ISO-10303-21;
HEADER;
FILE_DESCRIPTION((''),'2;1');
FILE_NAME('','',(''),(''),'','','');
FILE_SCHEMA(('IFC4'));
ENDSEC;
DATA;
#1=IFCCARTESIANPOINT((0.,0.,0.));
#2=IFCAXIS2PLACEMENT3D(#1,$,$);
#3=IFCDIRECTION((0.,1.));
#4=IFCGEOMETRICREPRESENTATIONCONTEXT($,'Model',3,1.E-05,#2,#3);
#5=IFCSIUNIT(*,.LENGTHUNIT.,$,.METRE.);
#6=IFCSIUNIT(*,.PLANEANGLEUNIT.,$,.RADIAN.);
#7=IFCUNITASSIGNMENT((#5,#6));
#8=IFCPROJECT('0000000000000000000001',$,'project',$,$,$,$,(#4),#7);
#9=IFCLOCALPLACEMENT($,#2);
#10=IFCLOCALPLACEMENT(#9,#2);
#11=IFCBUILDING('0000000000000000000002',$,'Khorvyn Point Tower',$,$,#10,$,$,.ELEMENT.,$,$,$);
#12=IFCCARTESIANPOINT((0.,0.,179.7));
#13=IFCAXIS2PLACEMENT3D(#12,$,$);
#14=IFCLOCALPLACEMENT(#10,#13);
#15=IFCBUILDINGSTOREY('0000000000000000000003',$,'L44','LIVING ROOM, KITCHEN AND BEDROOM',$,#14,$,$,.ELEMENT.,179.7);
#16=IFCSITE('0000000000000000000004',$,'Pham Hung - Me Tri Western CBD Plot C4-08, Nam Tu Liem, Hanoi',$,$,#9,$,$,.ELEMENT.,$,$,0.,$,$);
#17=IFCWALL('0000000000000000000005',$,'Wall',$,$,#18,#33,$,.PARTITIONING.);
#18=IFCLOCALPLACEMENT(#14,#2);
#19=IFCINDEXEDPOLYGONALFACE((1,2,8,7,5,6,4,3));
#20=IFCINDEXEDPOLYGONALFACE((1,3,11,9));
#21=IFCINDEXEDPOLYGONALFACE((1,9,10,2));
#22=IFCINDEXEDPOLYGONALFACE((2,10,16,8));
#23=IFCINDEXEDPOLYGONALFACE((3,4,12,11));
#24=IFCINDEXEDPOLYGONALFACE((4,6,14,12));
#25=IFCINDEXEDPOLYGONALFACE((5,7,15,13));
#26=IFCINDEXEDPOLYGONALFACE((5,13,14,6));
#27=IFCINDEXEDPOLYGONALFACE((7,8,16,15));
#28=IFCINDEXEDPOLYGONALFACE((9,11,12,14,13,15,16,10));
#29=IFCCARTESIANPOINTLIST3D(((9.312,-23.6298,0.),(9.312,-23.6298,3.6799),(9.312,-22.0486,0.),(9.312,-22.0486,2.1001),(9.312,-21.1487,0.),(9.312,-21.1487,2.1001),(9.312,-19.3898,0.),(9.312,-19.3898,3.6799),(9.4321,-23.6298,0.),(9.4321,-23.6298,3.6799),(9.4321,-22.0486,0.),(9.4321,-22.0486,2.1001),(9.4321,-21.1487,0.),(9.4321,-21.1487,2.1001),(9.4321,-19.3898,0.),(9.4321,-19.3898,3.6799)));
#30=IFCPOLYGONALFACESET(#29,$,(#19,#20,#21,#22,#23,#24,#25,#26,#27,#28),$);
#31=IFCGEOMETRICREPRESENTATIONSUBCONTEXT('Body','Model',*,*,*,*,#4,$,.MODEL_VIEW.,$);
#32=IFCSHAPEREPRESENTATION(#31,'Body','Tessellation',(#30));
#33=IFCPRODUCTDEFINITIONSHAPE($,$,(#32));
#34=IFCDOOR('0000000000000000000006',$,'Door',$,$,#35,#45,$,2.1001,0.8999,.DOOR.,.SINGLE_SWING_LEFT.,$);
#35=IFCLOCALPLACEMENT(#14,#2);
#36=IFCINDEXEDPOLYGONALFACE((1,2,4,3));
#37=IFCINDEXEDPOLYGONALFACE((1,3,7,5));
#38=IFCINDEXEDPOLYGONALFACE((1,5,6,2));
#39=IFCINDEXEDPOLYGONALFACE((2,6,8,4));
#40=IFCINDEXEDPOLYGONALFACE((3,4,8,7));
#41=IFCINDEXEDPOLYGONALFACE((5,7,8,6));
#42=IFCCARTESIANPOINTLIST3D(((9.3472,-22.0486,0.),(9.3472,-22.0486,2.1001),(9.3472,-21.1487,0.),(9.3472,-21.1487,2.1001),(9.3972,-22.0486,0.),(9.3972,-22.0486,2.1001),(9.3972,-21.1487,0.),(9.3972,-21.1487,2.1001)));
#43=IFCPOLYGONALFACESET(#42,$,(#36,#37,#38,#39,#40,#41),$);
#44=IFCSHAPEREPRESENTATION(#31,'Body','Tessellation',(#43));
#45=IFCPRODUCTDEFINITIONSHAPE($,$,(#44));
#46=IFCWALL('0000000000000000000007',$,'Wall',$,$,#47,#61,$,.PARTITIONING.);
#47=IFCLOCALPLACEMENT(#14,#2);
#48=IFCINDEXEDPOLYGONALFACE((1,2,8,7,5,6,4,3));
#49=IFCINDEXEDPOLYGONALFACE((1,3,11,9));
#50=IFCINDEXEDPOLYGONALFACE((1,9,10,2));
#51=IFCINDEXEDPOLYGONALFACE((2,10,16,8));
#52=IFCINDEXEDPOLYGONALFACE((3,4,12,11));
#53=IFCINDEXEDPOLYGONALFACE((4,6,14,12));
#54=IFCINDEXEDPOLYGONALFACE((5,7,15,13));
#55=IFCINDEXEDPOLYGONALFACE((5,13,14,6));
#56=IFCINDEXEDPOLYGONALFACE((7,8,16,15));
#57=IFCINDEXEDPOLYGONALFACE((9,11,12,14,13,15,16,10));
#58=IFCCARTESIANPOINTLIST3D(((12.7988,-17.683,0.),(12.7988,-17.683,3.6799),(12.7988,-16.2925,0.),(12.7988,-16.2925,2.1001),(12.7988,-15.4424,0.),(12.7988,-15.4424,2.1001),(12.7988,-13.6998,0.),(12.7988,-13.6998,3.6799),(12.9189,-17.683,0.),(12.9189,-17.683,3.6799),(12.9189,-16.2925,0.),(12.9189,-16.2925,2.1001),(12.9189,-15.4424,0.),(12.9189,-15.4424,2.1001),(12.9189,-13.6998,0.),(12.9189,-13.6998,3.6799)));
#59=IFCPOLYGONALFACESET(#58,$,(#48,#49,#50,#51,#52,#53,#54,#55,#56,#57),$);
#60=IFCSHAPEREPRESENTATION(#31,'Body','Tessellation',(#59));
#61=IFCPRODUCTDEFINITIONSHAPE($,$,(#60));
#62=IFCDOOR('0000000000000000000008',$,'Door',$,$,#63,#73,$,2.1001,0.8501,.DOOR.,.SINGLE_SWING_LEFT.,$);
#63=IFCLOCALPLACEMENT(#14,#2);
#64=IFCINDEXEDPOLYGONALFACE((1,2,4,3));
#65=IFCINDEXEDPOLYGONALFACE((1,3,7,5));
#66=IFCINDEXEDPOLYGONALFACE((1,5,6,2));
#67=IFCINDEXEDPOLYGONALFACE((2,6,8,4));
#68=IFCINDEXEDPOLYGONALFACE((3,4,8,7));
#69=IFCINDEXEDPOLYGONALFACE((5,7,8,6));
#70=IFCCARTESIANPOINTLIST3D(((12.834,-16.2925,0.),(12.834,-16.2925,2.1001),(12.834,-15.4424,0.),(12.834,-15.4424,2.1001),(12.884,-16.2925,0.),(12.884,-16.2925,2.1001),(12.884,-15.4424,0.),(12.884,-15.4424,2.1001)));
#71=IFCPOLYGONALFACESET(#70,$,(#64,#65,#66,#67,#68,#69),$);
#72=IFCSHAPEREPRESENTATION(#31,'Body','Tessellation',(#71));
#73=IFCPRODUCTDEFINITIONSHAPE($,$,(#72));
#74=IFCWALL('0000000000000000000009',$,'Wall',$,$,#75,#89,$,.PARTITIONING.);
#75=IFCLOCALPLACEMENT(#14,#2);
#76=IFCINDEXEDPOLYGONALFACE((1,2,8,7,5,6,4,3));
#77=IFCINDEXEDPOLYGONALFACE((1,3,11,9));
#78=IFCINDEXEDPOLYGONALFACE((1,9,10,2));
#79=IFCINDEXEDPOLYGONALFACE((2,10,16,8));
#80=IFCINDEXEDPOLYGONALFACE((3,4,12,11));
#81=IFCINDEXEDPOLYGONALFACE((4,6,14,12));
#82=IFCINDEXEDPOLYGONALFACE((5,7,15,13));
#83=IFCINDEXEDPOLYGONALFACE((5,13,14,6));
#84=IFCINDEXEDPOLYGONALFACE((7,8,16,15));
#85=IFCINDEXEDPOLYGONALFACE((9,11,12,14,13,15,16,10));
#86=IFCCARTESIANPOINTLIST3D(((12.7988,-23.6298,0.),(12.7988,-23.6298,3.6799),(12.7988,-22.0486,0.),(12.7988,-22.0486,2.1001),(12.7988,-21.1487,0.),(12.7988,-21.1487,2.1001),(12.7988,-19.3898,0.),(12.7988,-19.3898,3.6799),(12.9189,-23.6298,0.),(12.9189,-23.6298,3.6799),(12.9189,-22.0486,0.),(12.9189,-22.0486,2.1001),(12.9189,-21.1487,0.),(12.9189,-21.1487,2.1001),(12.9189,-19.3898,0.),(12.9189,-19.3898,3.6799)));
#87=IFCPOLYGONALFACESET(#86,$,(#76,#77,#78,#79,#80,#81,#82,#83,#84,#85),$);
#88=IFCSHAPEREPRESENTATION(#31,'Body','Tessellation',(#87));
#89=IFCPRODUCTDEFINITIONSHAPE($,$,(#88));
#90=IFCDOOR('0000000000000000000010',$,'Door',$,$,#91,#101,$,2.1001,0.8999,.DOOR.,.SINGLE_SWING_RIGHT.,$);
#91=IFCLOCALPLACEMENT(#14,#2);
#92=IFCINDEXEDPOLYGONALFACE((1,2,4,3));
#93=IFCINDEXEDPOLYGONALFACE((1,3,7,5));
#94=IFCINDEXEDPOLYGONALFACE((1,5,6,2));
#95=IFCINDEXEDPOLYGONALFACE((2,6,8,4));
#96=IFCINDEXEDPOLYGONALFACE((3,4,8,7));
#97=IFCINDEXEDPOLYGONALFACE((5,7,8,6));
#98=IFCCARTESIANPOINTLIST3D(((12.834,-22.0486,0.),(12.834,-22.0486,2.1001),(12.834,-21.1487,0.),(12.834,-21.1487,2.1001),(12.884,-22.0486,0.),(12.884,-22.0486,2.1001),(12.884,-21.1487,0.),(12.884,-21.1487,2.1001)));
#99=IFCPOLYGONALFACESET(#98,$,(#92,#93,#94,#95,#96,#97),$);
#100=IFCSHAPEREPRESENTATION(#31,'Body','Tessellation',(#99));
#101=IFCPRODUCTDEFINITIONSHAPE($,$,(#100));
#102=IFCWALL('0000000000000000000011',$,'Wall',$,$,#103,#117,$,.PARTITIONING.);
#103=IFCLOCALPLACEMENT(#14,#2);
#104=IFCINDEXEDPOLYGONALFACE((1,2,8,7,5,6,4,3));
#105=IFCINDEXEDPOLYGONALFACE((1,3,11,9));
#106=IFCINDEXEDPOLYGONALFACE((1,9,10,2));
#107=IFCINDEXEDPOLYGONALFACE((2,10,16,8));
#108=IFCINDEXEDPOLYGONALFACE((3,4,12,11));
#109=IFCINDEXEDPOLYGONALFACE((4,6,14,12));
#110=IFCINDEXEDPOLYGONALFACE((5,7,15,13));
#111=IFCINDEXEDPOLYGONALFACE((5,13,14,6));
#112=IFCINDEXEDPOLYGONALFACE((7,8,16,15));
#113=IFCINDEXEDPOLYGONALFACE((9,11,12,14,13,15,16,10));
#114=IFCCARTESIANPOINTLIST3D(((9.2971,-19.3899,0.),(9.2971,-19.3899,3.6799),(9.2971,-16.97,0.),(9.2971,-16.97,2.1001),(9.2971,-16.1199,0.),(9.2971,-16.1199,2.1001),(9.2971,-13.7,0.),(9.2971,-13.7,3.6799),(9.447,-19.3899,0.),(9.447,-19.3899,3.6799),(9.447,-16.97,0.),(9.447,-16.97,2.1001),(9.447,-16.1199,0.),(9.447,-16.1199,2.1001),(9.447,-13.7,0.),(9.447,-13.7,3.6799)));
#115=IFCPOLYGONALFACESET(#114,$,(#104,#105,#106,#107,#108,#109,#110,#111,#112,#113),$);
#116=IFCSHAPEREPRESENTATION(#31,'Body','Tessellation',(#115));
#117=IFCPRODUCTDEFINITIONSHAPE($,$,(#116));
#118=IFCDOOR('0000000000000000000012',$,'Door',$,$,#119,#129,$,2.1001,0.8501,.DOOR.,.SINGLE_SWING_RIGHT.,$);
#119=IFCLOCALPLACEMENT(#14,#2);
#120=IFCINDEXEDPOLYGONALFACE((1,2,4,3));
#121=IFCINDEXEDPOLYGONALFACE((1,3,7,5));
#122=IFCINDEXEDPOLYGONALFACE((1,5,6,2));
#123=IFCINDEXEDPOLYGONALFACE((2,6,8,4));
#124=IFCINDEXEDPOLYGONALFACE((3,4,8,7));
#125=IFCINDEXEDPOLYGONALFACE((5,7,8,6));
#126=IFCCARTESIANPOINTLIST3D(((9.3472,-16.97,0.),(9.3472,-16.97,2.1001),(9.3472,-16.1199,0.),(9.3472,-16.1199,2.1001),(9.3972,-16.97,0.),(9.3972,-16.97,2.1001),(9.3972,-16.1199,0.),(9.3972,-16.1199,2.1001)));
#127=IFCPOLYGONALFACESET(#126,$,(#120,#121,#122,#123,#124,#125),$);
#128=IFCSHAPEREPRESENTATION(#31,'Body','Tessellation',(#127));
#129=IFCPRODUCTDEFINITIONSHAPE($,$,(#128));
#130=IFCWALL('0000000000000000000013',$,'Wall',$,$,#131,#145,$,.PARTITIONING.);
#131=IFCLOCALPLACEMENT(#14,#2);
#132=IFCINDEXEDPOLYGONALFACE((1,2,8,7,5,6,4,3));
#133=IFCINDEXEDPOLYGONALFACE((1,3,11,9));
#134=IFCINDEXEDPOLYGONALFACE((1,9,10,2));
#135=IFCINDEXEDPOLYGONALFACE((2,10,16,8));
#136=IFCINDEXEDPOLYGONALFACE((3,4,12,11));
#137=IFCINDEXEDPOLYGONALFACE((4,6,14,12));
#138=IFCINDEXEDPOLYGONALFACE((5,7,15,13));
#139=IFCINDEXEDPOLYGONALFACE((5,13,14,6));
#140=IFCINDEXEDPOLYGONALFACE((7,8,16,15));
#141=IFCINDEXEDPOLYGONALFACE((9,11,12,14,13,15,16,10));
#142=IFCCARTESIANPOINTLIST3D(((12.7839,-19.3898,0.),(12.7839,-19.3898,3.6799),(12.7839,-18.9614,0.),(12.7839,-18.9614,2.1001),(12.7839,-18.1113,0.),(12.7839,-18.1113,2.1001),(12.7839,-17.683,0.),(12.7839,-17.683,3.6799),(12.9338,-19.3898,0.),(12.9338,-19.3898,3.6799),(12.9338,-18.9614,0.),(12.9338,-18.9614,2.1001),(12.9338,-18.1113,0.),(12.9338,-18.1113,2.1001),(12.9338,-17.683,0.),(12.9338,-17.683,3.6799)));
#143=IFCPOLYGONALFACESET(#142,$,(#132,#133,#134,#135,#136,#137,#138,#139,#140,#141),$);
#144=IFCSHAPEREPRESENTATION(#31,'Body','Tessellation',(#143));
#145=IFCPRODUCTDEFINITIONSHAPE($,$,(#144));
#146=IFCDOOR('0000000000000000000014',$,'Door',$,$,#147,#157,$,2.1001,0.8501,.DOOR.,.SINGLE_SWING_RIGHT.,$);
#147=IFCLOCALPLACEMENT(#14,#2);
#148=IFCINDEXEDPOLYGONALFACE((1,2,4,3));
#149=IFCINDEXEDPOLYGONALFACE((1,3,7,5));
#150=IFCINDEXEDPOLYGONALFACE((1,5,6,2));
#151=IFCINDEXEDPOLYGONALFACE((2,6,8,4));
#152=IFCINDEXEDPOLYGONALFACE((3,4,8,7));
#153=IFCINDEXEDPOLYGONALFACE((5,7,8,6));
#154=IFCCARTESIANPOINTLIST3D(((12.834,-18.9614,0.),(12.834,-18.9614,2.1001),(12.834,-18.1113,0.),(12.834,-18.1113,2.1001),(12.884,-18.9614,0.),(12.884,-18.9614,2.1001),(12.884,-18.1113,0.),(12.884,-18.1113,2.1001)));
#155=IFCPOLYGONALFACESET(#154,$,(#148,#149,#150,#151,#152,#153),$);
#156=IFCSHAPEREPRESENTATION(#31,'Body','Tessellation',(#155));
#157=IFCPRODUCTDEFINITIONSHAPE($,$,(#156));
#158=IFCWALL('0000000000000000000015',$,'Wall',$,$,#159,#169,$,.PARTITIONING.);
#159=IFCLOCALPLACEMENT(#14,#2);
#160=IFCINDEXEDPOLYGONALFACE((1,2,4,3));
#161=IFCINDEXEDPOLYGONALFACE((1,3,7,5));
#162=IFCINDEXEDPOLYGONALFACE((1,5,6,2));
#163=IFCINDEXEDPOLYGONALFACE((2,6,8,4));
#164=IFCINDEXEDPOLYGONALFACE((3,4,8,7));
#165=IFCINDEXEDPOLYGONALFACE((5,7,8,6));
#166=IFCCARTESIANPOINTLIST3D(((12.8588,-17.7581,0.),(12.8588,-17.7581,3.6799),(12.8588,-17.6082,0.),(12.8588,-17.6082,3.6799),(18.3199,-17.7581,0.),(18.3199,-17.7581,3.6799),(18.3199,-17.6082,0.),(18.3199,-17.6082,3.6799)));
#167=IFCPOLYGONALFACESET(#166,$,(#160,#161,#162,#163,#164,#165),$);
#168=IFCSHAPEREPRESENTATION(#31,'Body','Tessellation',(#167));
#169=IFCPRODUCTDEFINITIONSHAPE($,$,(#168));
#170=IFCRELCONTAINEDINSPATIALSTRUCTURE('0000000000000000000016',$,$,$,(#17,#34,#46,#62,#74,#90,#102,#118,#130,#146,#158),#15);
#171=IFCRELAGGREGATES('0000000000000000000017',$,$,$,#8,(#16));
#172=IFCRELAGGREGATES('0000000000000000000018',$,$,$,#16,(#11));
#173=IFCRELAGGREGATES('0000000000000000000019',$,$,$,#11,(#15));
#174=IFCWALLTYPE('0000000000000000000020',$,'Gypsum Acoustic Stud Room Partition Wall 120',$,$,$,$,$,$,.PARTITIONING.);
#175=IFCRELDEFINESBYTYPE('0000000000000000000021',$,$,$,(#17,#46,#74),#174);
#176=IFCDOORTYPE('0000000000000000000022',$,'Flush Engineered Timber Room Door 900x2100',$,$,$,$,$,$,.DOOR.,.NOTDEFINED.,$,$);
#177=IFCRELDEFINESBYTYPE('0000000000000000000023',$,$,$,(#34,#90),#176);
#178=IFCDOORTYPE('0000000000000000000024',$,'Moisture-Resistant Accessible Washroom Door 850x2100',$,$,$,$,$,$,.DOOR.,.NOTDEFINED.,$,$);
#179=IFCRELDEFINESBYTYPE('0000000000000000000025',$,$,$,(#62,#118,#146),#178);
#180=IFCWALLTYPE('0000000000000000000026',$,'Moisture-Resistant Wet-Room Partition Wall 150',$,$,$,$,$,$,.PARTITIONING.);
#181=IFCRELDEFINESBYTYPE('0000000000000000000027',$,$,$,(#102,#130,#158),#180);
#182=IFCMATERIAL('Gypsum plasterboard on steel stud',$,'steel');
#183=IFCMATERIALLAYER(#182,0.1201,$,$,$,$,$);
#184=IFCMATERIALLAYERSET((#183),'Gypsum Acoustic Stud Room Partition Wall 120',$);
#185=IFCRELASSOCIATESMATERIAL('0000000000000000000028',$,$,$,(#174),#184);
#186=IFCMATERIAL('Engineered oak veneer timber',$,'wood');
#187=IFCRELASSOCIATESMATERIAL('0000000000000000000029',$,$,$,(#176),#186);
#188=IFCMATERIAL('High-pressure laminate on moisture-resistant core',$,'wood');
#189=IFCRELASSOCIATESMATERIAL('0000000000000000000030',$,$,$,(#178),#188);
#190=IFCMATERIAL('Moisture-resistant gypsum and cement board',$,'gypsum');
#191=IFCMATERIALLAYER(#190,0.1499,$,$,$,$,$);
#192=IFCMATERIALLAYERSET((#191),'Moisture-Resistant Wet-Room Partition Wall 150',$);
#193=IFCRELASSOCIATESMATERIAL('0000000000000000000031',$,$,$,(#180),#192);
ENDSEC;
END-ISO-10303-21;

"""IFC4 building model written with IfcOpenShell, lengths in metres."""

from ifc_helpers import new_model, si_unit, direction, frame, frame_2d, origin, place, context, subcontext, project, spatial, rectangle, extrude, material, layer, layer_set, type_object, element, fill, save


model = new_model("IFC4")

# Units and contexts
model_context = context("Model", 3, precision=1e-05, world=origin(), true_north=direction((0.0, 1.0)))
body_context = subcontext(model_context, "Body", "Model", "MODEL_VIEW")
ifc_project = project(units=[si_unit("LENGTHUNIT", "METRE"), si_unit("PLANEANGLEUNIT", "RADIAN")], contexts=[model_context])

# Site, building, storey
site_placement = place(None, origin())
site = spatial("IfcSite", under=ifc_project, at=site_placement, Name="Pham Hung - Me Tri Western CBD Plot C4-08, Nam Tu Liem, Hanoi", CompositionType="ELEMENT", RefElevation=0.0)
building_placement = place(site_placement, origin())
building = spatial("IfcBuilding", under=site, at=building_placement, Name="Khorvyn Point Tower", CompositionType="ELEMENT")
storey_placement = place(building_placement, frame((0.0, 0.0, 179.7)))
storey = spatial("IfcBuildingStorey", under=building, at=storey_placement, Name="L44", Description="LIVING ROOM, KITCHEN AND BEDROOM", CompositionType="ELEMENT", Elevation=179.7)

# Walls, openings, doors
ifc_material_1 = material(Name="Gypsum plasterboard on steel stud", Category="steel")
ifc_layer_1 = layer(ifc_material_1, 0.1201)
ifc_layer_set_1 = layer_set([ifc_layer_1], Name="Gypsum Acoustic Stud Room Partition Wall 120")
wall_type_1 = type_object("IfcWallType", Name="Gypsum Acoustic Stud Room Partition Wall 120", PredefinedType="PARTITIONING", material=ifc_layer_set_1)
wall_1_placement = place(storey_placement, frame((9.3721, -23.6299, 0.0), z_axis=(0.0, 0.0, 1.0), x_axis=(0.0, 1.0, 0.0)))
wall_1 = element("IfcWall", 1, at=wall_1_placement, inside=storey, type_object=wall_type_1, Name="Wall", PredefinedType="PARTITIONING", context=body_context, shape_type="SweptSolid", body=[
    extrude(rectangle(XDim=4.24, YDim=0.1201, at=frame_2d((2.1201, 0.0))), origin(), (0.0, 0.0, 1.0), 3.6799),
])
opening_1_placement = place(wall_1_placement, frame((1.5813, 0.0, 0.0)))
opening_1 = element("IfcOpeningElement", 2, at=opening_1_placement, cuts=wall_1, PredefinedType="OPENING", context=body_context, shape_type="SweptSolid", body=[
    extrude(rectangle(XDim=0.8999, YDim=2.1001, at=frame_2d((0.45, 1.05))), frame((0.0, 0.0701, 0.0), z_axis=(0.0, -1.0, 0.0), x_axis=(1.0, 0.0, 0.0)), (0.0, 0.0, 1.0), 0.1401),
])
ifc_material_2 = material(Name="Engineered oak veneer timber", Category="wood")
door_type_1 = type_object("IfcDoorType", Name="Flush Engineered Timber Room Door 900x2100", OperationType="NOTDEFINED", PredefinedType="DOOR", material=ifc_material_2)
door_1_placement = place(opening_1_placement, origin())
door_1 = element("IfcDoor", 3, at=door_1_placement, inside=storey, type_object=door_type_1, Name="Door", OperationType="SINGLE_SWING_LEFT", OverallHeight=2.1001, OverallWidth=0.8999, PredefinedType="DOOR", context=body_context, shape_type="SweptSolid", body=[
    extrude(rectangle(XDim=0.8999, YDim=2.1001, at=frame_2d((0.45, 1.05))), frame((0.0, 0.0249, 0.0), z_axis=(0.0, -1.0, 0.0), x_axis=(1.0, 0.0, 0.0)), (0.0, 0.0, 1.0), 0.05),
])
fill(opening_1, door_1)
wall_2_placement = place(storey_placement, frame((12.8589, -17.6831, 0.0), z_axis=(0.0, 0.0, 1.0), x_axis=(0.0, 1.0, 0.0)))
wall_2 = element("IfcWall", 4, at=wall_2_placement, inside=storey, type_object=wall_type_1, Name="Wall", PredefinedType="PARTITIONING", context=body_context, shape_type="SweptSolid", body=[
    extrude(rectangle(XDim=3.9832, YDim=0.1201, at=frame_2d((1.9917, 0.0))), origin(), (0.0, 0.0, 1.0), 3.6799),
])
opening_2_placement = place(wall_2_placement, frame((1.3906, 0.0, 0.0)))
opening_2 = element("IfcOpeningElement", 5, at=opening_2_placement, cuts=wall_2, PredefinedType="OPENING", context=body_context, shape_type="SweptSolid", body=[
    extrude(rectangle(XDim=0.8501, YDim=2.1001, at=frame_2d((0.425, 1.05))), frame((0.0, 0.0701, 0.0), z_axis=(0.0, -1.0, 0.0), x_axis=(1.0, 0.0, 0.0)), (0.0, 0.0, 1.0), 0.1401),
])
ifc_material_3 = material(Name="High-pressure laminate on moisture-resistant core", Category="wood")
door_type_2 = type_object("IfcDoorType", Name="Moisture-Resistant Accessible Washroom Door 850x2100", OperationType="NOTDEFINED", PredefinedType="DOOR", material=ifc_material_3)
door_2_placement = place(opening_2_placement, origin())
door_2 = element("IfcDoor", 6, at=door_2_placement, inside=storey, type_object=door_type_2, Name="Door", OperationType="SINGLE_SWING_LEFT", OverallHeight=2.1001, OverallWidth=0.8501, PredefinedType="DOOR", context=body_context, shape_type="SweptSolid", body=[
    extrude(rectangle(XDim=0.8501, YDim=2.1001, at=frame_2d((0.425, 1.05))), frame((0.0, 0.0249, 0.0), z_axis=(0.0, -1.0, 0.0), x_axis=(1.0, 0.0, 0.0)), (0.0, 0.0, 1.0), 0.05),
])
fill(opening_2, door_2)
wall_3_placement = place(storey_placement, frame((12.8589, -23.6299, 0.0), z_axis=(0.0, 0.0, 1.0), x_axis=(0.0, 1.0, 0.0)))
wall_3 = element("IfcWall", 7, at=wall_3_placement, inside=storey, type_object=wall_type_1, Name="Wall", PredefinedType="PARTITIONING", context=body_context, shape_type="SweptSolid", body=[
    extrude(rectangle(XDim=4.24, YDim=0.1201, at=frame_2d((2.1201, 0.0))), origin(), (0.0, 0.0, 1.0), 3.6799),
])
opening_3_placement = place(wall_3_placement, frame((1.5813, 0.0, 0.0)))
opening_3 = element("IfcOpeningElement", 8, at=opening_3_placement, cuts=wall_3, PredefinedType="OPENING", context=body_context, shape_type="SweptSolid", body=[
    extrude(rectangle(XDim=0.8999, YDim=2.1001, at=frame_2d((0.45, 1.05))), frame((0.0, 0.0701, 0.0), z_axis=(0.0, -1.0, 0.0), x_axis=(1.0, 0.0, 0.0)), (0.0, 0.0, 1.0), 0.1401),
])
door_3_placement = place(opening_3_placement, origin())
door_3 = element("IfcDoor", 9, at=door_3_placement, inside=storey, type_object=door_type_1, Name="Door", OperationType="SINGLE_SWING_RIGHT", OverallHeight=2.1001, OverallWidth=0.8999, PredefinedType="DOOR", context=body_context, shape_type="SweptSolid", body=[
    extrude(rectangle(XDim=0.8999, YDim=2.1001, at=frame_2d((0.45, 1.05))), frame((0.0, 0.0249, 0.0), z_axis=(0.0, -1.0, 0.0), x_axis=(1.0, 0.0, 0.0)), (0.0, 0.0, 1.0), 0.05),
])
fill(opening_3, door_3)
ifc_material_4 = material(Name="Moisture-resistant gypsum and cement board", Category="gypsum")
ifc_layer_2 = layer(ifc_material_4, 0.1499)
ifc_layer_set_2 = layer_set([ifc_layer_2], Name="Moisture-Resistant Wet-Room Partition Wall 150")
wall_type_2 = type_object("IfcWallType", Name="Moisture-Resistant Wet-Room Partition Wall 150", PredefinedType="PARTITIONING", material=ifc_layer_set_2)
wall_4_placement = place(storey_placement, frame((9.3721, -19.3899, 0.0), z_axis=(0.0, 0.0, 1.0), x_axis=(0.0, 1.0, 0.0)))
wall_4 = element("IfcWall", 10, at=wall_4_placement, inside=storey, type_object=wall_type_2, Name="Wall", PredefinedType="PARTITIONING", context=body_context, shape_type="SweptSolid", body=[
    extrude(rectangle(XDim=5.6899, YDim=0.1499, at=frame_2d((2.845, 0.0))), origin(), (0.0, 0.0, 1.0), 3.6799),
])
opening_4_placement = place(wall_4_placement, frame((2.4199, 0.0, 0.0)))
opening_4 = element("IfcOpeningElement", 11, at=opening_4_placement, cuts=wall_4, PredefinedType="OPENING", context=body_context, shape_type="SweptSolid", body=[
    extrude(rectangle(XDim=0.8501, YDim=2.1001, at=frame_2d((0.425, 1.05))), frame((0.0, 0.085, 0.0), z_axis=(0.0, -1.0, 0.0), x_axis=(1.0, 0.0, 0.0)), (0.0, 0.0, 1.0), 0.1699),
])
door_4_placement = place(opening_4_placement, origin())
door_4 = element("IfcDoor", 12, at=door_4_placement, inside=storey, type_object=door_type_2, Name="Door", OperationType="SINGLE_SWING_RIGHT", OverallHeight=2.1001, OverallWidth=0.8501, PredefinedType="DOOR", context=body_context, shape_type="SweptSolid", body=[
    extrude(rectangle(XDim=0.8501, YDim=2.1001, at=frame_2d((0.425, 1.05))), frame((0.0, 0.0249, 0.0), z_axis=(0.0, -1.0, 0.0), x_axis=(1.0, 0.0, 0.0)), (0.0, 0.0, 1.0), 0.05),
])
fill(opening_4, door_4)
wall_5_placement = place(storey_placement, frame((12.8589, -19.3899, 0.0), z_axis=(0.0, 0.0, 1.0), x_axis=(0.0, 1.0, 0.0)))
wall_5 = element("IfcWall", 13, at=wall_5_placement, inside=storey, type_object=wall_type_2, Name="Wall", PredefinedType="PARTITIONING", context=body_context, shape_type="SweptSolid", body=[
    extrude(rectangle(XDim=1.7068, YDim=0.1499, at=frame_2d((0.8535, 0.0))), origin(), (0.0, 0.0, 1.0), 3.6799),
])
opening_5_placement = place(wall_5_placement, frame((0.4285, 0.0, 0.0)))
opening_5 = element("IfcOpeningElement", 14, at=opening_5_placement, cuts=wall_5, PredefinedType="OPENING", context=body_context, shape_type="SweptSolid", body=[
    extrude(rectangle(XDim=0.8501, YDim=2.1001, at=frame_2d((0.425, 1.05))), frame((0.0, 0.085, 0.0), z_axis=(0.0, -1.0, 0.0), x_axis=(1.0, 0.0, 0.0)), (0.0, 0.0, 1.0), 0.1699),
])
door_5_placement = place(opening_5_placement, origin())
door_5 = element("IfcDoor", 15, at=door_5_placement, inside=storey, type_object=door_type_2, Name="Door", OperationType="SINGLE_SWING_RIGHT", OverallHeight=2.1001, OverallWidth=0.8501, PredefinedType="DOOR", context=body_context, shape_type="SweptSolid", body=[
    extrude(rectangle(XDim=0.8501, YDim=2.1001, at=frame_2d((0.425, 1.05))), frame((0.0, 0.0249, 0.0), z_axis=(0.0, -1.0, 0.0), x_axis=(1.0, 0.0, 0.0)), (0.0, 0.0, 1.0), 0.05),
])
fill(opening_5, door_5)

# Wall
for number, where, z_axis, x_axis, name in (
    (16, (12.8589, -17.6831, 0.0), (0.0, 0.0, 1.0), (1.0, 0.0, 0.0), "Wall"),
):
    element("IfcWall", number, at=place(storey_placement, frame(where, z_axis=z_axis, x_axis=x_axis)), inside=storey, type_object=wall_type_2, Name=name, PredefinedType="PARTITIONING", context=body_context, shape_type="SweptSolid", body=[
        extrude(rectangle(XDim=5.4612, YDim=0.1499, at=frame_2d((2.7305, 0.0))), origin(), (0.0, 0.0, 1.0), 3.6799),
    ])

save(model, "model.ifc")
